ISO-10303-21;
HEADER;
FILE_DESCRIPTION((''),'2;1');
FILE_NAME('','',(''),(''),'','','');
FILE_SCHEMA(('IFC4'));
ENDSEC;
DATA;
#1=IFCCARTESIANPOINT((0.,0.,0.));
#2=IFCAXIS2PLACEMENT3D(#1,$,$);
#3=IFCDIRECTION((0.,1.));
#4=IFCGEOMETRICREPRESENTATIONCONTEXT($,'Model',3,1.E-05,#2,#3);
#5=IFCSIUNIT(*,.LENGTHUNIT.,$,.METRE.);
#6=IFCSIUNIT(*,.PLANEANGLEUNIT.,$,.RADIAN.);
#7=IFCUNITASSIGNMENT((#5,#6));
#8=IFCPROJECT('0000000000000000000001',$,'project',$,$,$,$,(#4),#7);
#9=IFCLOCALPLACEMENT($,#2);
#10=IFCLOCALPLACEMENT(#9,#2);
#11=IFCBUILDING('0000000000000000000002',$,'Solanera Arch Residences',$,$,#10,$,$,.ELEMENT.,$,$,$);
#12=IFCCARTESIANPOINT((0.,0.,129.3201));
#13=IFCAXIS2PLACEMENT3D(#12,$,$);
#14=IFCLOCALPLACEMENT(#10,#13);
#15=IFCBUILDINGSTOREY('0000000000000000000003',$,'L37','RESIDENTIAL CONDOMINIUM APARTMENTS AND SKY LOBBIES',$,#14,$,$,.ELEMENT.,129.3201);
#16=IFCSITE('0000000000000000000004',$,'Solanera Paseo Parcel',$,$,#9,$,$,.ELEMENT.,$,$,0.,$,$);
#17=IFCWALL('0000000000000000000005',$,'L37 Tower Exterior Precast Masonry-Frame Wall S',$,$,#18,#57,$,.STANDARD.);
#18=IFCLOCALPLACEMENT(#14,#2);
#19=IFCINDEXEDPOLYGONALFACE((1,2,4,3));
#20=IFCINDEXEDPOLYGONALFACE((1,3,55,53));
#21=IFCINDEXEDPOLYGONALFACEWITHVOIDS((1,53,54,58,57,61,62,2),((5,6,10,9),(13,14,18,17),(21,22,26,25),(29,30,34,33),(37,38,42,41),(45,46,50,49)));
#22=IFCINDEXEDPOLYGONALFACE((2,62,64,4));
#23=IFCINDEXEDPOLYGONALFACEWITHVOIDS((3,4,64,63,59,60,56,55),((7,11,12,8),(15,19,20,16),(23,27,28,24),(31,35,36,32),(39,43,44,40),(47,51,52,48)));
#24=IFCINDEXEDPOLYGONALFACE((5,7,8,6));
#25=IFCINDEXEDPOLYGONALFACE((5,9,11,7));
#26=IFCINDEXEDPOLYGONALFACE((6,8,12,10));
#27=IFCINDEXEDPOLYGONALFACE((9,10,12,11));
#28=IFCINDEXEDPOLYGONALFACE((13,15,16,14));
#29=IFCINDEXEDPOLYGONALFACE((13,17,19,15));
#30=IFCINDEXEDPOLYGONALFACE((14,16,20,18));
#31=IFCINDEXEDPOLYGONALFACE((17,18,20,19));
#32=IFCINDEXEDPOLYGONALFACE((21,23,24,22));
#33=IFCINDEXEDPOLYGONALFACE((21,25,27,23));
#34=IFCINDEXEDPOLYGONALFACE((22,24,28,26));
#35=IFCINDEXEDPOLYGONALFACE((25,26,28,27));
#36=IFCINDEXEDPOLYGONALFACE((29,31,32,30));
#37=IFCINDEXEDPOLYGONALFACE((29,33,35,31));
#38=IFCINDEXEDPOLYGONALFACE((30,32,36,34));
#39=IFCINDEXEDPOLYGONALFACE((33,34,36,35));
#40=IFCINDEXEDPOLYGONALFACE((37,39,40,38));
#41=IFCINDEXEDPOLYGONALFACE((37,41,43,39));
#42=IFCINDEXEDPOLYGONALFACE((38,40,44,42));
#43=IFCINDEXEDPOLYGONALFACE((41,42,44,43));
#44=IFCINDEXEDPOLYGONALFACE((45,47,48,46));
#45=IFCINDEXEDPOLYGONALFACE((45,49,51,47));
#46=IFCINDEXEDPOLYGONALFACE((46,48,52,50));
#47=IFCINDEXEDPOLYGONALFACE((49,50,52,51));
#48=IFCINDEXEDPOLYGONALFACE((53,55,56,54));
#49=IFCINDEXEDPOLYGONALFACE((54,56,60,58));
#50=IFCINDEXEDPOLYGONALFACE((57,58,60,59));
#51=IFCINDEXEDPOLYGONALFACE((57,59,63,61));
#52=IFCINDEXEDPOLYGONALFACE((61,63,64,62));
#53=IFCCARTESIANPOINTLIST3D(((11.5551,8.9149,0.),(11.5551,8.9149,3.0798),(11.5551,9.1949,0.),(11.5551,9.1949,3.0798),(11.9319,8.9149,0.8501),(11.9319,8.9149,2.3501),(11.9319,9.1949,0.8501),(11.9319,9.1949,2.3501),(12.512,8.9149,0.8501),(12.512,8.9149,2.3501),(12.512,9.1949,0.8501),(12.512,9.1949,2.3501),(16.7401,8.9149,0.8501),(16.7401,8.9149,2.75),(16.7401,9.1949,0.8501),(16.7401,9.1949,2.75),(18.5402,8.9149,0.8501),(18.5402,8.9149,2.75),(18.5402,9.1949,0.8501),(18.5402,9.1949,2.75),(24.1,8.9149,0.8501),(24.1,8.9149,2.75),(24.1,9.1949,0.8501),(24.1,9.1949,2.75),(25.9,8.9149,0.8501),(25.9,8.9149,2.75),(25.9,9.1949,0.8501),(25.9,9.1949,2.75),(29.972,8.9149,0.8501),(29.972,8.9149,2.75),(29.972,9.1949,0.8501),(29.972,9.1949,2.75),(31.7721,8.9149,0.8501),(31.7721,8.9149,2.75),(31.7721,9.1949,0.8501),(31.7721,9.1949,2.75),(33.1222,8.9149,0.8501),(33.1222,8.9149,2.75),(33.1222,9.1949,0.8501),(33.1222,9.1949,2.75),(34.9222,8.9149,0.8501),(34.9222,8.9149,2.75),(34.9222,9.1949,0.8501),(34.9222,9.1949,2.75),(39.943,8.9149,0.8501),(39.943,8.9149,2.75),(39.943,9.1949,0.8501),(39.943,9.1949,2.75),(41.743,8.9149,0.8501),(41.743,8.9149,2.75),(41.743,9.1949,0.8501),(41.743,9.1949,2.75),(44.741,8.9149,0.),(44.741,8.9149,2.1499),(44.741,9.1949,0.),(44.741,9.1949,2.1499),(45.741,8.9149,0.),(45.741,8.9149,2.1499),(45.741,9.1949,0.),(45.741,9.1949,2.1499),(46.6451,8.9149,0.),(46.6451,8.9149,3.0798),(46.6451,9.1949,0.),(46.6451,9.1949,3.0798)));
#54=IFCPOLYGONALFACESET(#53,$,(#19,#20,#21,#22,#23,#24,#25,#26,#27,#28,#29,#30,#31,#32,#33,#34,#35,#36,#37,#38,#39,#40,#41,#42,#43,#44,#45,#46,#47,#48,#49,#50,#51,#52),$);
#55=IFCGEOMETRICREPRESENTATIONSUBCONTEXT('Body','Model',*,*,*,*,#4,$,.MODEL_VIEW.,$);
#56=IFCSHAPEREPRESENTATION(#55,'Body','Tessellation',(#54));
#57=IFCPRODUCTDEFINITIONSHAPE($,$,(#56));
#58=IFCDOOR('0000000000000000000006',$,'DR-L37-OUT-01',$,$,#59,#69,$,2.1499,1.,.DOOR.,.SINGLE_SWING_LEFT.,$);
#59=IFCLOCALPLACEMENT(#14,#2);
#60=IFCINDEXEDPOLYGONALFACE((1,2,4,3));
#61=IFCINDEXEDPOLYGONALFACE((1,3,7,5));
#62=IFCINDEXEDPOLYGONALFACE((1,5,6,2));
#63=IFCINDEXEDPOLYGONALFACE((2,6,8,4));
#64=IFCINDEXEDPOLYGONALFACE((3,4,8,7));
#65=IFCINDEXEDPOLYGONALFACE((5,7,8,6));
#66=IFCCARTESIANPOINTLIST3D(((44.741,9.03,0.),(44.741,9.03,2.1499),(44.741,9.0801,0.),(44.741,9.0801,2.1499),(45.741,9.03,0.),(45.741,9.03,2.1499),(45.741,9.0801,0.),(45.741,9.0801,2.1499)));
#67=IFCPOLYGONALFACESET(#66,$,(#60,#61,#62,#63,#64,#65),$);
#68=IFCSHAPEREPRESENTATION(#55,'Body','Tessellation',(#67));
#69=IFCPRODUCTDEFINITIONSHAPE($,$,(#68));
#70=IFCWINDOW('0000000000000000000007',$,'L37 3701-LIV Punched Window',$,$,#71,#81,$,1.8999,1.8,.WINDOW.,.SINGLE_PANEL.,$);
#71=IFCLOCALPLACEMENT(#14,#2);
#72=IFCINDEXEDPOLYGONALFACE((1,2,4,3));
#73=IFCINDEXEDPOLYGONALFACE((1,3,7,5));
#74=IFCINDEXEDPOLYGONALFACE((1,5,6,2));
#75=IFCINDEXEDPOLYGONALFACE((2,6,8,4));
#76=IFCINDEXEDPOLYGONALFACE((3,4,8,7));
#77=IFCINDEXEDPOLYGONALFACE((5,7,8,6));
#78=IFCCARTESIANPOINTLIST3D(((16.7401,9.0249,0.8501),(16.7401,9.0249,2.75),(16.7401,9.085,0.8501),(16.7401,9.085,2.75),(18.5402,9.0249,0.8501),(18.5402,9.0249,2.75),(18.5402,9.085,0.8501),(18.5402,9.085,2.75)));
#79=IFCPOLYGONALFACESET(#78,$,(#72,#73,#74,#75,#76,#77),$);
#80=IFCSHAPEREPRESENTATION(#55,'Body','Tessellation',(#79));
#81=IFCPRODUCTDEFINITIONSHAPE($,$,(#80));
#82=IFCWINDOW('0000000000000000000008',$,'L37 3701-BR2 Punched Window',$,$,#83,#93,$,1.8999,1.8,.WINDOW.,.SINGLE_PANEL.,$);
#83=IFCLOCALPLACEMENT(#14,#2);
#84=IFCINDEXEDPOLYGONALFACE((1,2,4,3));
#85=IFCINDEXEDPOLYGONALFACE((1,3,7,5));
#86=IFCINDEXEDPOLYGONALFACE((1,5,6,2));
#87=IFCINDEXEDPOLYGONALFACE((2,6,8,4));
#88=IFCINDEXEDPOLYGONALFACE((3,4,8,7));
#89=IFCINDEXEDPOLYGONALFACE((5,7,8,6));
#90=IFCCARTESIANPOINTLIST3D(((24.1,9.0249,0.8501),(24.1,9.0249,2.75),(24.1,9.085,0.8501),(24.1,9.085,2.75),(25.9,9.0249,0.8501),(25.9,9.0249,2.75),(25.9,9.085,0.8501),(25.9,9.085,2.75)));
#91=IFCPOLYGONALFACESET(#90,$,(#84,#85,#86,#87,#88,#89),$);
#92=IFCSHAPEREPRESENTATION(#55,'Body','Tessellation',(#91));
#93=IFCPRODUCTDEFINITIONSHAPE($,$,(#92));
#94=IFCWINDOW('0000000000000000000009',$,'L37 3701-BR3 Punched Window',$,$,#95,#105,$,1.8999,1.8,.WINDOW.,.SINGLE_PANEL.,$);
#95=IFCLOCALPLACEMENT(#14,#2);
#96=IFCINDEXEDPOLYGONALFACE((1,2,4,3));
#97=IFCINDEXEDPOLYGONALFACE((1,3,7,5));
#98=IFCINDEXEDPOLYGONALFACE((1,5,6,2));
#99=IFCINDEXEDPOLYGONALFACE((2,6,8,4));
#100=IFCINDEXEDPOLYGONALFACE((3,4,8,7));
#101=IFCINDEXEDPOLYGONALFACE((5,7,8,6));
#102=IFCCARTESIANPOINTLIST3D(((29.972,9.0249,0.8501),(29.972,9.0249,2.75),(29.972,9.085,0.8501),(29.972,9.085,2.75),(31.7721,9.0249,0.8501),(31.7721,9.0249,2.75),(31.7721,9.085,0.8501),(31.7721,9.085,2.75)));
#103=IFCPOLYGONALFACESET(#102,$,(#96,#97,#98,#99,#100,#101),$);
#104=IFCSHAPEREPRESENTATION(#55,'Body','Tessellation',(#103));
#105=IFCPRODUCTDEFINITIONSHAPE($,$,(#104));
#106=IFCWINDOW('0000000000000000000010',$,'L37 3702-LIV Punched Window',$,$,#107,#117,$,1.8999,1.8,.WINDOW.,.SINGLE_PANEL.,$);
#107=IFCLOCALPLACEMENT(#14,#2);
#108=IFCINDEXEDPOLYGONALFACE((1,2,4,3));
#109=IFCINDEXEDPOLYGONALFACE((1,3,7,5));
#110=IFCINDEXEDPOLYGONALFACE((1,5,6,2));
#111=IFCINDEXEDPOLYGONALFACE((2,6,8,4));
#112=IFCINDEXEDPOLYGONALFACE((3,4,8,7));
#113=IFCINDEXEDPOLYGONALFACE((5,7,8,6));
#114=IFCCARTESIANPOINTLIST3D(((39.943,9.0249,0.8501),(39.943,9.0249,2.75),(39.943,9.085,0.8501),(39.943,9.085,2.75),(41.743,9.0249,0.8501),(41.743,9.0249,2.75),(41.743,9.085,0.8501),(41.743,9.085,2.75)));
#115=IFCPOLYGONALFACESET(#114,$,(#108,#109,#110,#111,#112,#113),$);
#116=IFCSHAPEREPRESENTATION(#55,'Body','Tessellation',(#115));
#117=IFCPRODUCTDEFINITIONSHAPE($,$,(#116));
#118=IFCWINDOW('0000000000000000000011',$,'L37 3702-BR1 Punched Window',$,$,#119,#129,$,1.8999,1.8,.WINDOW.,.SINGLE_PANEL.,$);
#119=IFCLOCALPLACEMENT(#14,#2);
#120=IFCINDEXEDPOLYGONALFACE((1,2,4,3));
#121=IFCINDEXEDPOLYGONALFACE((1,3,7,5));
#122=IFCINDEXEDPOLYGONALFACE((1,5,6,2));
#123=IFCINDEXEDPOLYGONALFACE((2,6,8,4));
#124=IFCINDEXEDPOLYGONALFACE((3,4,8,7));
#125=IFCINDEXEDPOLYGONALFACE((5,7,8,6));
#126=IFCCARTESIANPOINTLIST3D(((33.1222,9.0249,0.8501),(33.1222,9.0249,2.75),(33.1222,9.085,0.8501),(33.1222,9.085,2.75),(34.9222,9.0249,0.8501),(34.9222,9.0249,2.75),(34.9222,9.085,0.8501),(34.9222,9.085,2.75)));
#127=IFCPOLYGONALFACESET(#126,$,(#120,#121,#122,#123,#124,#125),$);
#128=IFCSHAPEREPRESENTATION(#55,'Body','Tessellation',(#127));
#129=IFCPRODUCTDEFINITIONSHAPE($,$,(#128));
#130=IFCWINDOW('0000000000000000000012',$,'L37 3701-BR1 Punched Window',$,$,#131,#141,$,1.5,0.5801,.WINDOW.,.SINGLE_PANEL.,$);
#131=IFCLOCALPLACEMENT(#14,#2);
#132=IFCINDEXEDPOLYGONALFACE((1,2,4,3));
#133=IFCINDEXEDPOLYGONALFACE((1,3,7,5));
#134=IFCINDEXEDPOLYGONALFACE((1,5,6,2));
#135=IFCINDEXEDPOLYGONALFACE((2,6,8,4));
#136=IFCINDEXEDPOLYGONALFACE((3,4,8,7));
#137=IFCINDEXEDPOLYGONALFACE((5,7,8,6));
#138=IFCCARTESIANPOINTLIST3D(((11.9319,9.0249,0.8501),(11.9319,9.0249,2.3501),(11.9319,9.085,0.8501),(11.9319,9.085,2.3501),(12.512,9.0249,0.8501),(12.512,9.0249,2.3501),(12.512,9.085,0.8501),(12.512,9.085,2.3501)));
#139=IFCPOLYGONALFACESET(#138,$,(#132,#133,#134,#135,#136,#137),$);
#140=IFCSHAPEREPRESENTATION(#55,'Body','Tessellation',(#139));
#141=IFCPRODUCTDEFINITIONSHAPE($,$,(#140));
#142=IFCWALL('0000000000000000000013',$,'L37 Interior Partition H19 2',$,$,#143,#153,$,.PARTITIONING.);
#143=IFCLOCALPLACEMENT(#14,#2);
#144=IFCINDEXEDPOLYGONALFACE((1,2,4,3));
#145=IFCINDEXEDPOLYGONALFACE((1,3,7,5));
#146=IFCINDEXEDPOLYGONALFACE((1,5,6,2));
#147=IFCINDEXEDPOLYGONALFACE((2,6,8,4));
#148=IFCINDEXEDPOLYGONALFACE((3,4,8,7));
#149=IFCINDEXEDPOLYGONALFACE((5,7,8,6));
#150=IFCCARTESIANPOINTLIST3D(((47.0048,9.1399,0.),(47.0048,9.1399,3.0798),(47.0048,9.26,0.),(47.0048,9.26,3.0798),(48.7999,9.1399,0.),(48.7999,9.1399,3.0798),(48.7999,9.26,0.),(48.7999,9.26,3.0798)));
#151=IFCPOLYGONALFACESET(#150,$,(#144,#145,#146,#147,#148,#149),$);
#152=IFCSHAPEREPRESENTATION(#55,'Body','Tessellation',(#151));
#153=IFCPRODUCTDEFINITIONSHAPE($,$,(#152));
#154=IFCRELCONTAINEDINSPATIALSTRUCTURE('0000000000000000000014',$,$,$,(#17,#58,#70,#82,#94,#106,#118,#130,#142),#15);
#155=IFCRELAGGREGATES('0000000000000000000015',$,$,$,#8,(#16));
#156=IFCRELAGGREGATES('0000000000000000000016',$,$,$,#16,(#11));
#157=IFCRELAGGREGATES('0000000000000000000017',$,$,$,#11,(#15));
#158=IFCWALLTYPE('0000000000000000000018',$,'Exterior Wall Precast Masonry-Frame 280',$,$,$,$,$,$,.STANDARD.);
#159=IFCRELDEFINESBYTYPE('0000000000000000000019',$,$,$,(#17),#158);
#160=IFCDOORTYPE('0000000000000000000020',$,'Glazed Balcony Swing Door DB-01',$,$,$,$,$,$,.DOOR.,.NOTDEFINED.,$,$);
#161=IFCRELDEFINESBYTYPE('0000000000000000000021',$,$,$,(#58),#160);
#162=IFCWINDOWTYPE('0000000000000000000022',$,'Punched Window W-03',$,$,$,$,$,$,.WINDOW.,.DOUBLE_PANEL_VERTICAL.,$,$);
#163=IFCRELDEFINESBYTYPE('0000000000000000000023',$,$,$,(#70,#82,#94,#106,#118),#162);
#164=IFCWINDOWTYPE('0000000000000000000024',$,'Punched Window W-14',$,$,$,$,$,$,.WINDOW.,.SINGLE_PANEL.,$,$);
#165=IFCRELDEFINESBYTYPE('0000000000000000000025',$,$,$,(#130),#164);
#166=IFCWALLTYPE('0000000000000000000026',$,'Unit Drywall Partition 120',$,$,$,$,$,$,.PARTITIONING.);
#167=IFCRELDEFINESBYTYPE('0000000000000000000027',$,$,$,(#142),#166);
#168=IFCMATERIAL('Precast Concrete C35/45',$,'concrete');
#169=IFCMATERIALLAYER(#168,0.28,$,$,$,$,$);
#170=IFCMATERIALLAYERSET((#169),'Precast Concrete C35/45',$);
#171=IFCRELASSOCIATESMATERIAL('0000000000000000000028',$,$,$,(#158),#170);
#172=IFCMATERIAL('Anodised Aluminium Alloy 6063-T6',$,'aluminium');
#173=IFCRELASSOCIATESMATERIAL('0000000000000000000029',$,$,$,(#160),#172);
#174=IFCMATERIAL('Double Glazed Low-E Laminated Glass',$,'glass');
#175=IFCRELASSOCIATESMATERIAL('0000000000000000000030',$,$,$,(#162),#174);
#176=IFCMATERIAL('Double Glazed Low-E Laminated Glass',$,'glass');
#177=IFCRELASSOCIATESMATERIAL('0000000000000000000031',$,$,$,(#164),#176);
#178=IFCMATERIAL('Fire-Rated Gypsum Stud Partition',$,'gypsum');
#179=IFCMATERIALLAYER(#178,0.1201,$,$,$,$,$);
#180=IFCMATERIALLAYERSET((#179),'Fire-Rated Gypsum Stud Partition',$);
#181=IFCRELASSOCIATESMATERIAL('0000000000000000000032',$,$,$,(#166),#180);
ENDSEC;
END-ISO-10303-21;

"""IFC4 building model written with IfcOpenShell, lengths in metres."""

from ifc_helpers import new_model, si_unit, direction, frame, frame_2d, origin, place, context, subcontext, project, spatial, rectangle, extrude, material, layer, layer_set, type_object, element, fill, save


model = new_model("IFC4")

# Units and contexts
model_context = context("Model", 3, precision=1e-05, world=origin(), true_north=direction((0.0, 1.0)))
body_context = subcontext(model_context, "Body", "Model", "MODEL_VIEW")
ifc_project = project(units=[si_unit("LENGTHUNIT", "METRE"), si_unit("PLANEANGLEUNIT", "RADIAN")], contexts=[model_context])

# Site, building, storey
site_placement = place(None, origin())
site = spatial("IfcSite", under=ifc_project, at=site_placement, Name="Solanera Paseo Parcel", CompositionType="ELEMENT", RefElevation=0.0)
building_placement = place(site_placement, origin())
building = spatial("IfcBuilding", under=site, at=building_placement, Name="Solanera Arch Residences", CompositionType="ELEMENT")
storey_placement = place(building_placement, frame((0.0, 0.0, 129.3201)))
storey = spatial("IfcBuildingStorey", under=building, at=storey_placement, Name="L37", Description="RESIDENTIAL CONDOMINIUM APARTMENTS AND SKY LOBBIES", CompositionType="ELEMENT", Elevation=129.3201)

# Shared definitions
ifc_material_1 = material(Name="Precast Concrete C35/45", Category="concrete")
ifc_layer_1 = layer(ifc_material_1, 0.28)
ifc_layer_set_1 = layer_set([ifc_layer_1], Name="Precast Concrete C35/45")
wall_type_1 = type_object("IfcWallType", Name="Exterior Wall Precast Masonry-Frame 280", PredefinedType="STANDARD", material=ifc_layer_set_1)

# Wall, openings, door, windows
wall_1_placement = place(storey_placement, frame((46.645, 9.0549, 0.0), z_axis=(0.0, 0.0, 1.0), x_axis=(-1.0, 0.0, 0.0)))
wall_1 = element("IfcWall", 1, at=wall_1_placement, inside=storey, type_object=wall_type_1, Name="L37 Tower Exterior Precast Masonry-Frame Wall S", PredefinedType="STANDARD", context=body_context, shape_type="SweptSolid", body=[
    extrude(rectangle(XDim=35.0901, YDim=0.28, at=frame_2d((17.5449, 0.0))), origin(), (0.0, 0.0, 1.0), 3.0798),
])
opening_1_placement = place(wall_1_placement, frame((0.9041, 0.0, 0.0)))
opening_1 = element("IfcOpeningElement", 2, at=opening_1_placement, cuts=wall_1, PredefinedType="OPENING", context=body_context, shape_type="SweptSolid", body=[
    extrude(rectangle(XDim=1.0, YDim=2.1499, at=frame_2d((0.5, 1.075))), frame((0.0, 0.1499, 0.0), z_axis=(0.0, -1.0, 0.0), x_axis=(1.0, 0.0, 0.0)), (0.0, 0.0, 1.0), 0.3),
])
opening_2_placement = place(wall_1_placement, frame((28.105, 0.0, 0.8501)))
opening_2 = element("IfcOpeningElement", 3, at=opening_2_placement, cuts=wall_1, PredefinedType="OPENING", context=body_context, shape_type="SweptSolid", body=[
    extrude(rectangle(XDim=1.8, YDim=1.8999, at=frame_2d((0.8999, 0.95))), frame((0.0, 0.1499, 0.0), z_axis=(0.0, -1.0, 0.0), x_axis=(1.0, 0.0, 0.0)), (0.0, 0.0, 1.0), 0.3),
])
opening_3_placement = place(wall_1_placement, frame((34.1331, 0.0, 0.8501)))
opening_3 = element("IfcOpeningElement", 4, at=opening_3_placement, cuts=wall_1, PredefinedType="OPENING", context=body_context, shape_type="SweptSolid", body=[
    extrude(rectangle(XDim=0.5801, YDim=1.5, at=frame_2d((0.29, 0.75))), frame((0.0, 0.1499, 0.0), z_axis=(0.0, -1.0, 0.0), x_axis=(1.0, 0.0, 0.0)), (0.0, 0.0, 1.0), 0.3),
])
opening_4_placement = place(wall_1_placement, frame((20.7451, 0.0, 0.8501)))
opening_4 = element("IfcOpeningElement", 5, at=opening_4_placement, cuts=wall_1, PredefinedType="OPENING", context=body_context, shape_type="SweptSolid", body=[
    extrude(rectangle(XDim=1.8, YDim=1.8999, at=frame_2d((0.8999, 0.95))), frame((0.0, 0.1499, 0.0), z_axis=(0.0, -1.0, 0.0), x_axis=(1.0, 0.0, 0.0)), (0.0, 0.0, 1.0), 0.3),
])
opening_5_placement = place(wall_1_placement, frame((14.873, 0.0, 0.8501)))
opening_5 = element("IfcOpeningElement", 6, at=opening_5_placement, cuts=wall_1, PredefinedType="OPENING", context=body_context, shape_type="SweptSolid", body=[
    extrude(rectangle(XDim=1.8, YDim=1.8999, at=frame_2d((0.8999, 0.95))), frame((0.0, 0.1499, 0.0), z_axis=(0.0, -1.0, 0.0), x_axis=(1.0, 0.0, 0.0)), (0.0, 0.0, 1.0), 0.3),
])
opening_6_placement = place(wall_1_placement, frame((4.9021, 0.0, 0.8501)))
opening_6 = element("IfcOpeningElement", 7, at=opening_6_placement, cuts=wall_1, PredefinedType="OPENING", context=body_context, shape_type="SweptSolid", body=[
    extrude(rectangle(XDim=1.8, YDim=1.8999, at=frame_2d((0.8999, 0.95))), frame((0.0, 0.1499, 0.0), z_axis=(0.0, -1.0, 0.0), x_axis=(1.0, 0.0, 0.0)), (0.0, 0.0, 1.0), 0.3),
])
opening_7_placement = place(wall_1_placement, frame((11.7229, 0.0, 0.8501)))
opening_7 = element("IfcOpeningElement", 8, at=opening_7_placement, cuts=wall_1, PredefinedType="OPENING", context=body_context, shape_type="SweptSolid", body=[
    extrude(rectangle(XDim=1.8, YDim=1.8999, at=frame_2d((0.8999, 0.95))), frame((0.0, 0.1499, 0.0), z_axis=(0.0, -1.0, 0.0), x_axis=(1.0, 0.0, 0.0)), (0.0, 0.0, 1.0), 0.3),
])
ifc_material_2 = material(Name="Anodised Aluminium Alloy 6063-T6", Category="aluminium")
door_type_1 = type_object("IfcDoorType", Name="Glazed Balcony Swing Door DB-01", OperationType="NOTDEFINED", PredefinedType="DOOR", material=ifc_material_2)
door_1_placement = place(opening_1_placement, origin())
door_1 = element("IfcDoor", 9, at=door_1_placement, inside=storey, type_object=door_type_1, Name="DR-L37-OUT-01", OperationType="SINGLE_SWING_LEFT", OverallHeight=2.1499, OverallWidth=1.0, PredefinedType="DOOR", context=body_context, shape_type="SweptSolid", body=[
    extrude(rectangle(XDim=1.0, YDim=2.1499, at=frame_2d((0.5, 1.075))), frame((0.0, 0.0249, 0.0), z_axis=(0.0, -1.0, 0.0), x_axis=(1.0, 0.0, 0.0)), (0.0, 0.0, 1.0), 0.05),
])
fill(opening_1, door_1)
ifc_material_3 = material(Name="Double Glazed Low-E Laminated Glass", Category="glass")
window_type_1 = type_object("IfcWindowType", Name="Punched Window W-03", PartitioningType="DOUBLE_PANEL_VERTICAL", PredefinedType="WINDOW", material=ifc_material_3)
window_1_placement = place(opening_2_placement, origin())
window_1 = element("IfcWindow", 10, at=window_1_placement, inside=storey, type_object=window_type_1, Name="L37 3701-LIV Punched Window", OverallHeight=1.8999, OverallWidth=1.8, PartitioningType="SINGLE_PANEL", PredefinedType="WINDOW", context=body_context, shape_type="SweptSolid", body=[
    extrude(rectangle(XDim=1.8, YDim=1.8999, at=frame_2d((0.8999, 0.95))), frame((0.0, 0.03, 0.0), z_axis=(0.0, -1.0, 0.0), x_axis=(1.0, 0.0, 0.0)), (0.0, 0.0, 1.0), 0.0601),
])
fill(opening_2, window_1)
window_2_placement = place(opening_4_placement, origin())
window_2 = element("IfcWindow", 11, at=window_2_placement, inside=storey, type_object=window_type_1, Name="L37 3701-BR2 Punched Window", OverallHeight=1.8999, OverallWidth=1.8, PartitioningType="SINGLE_PANEL", PredefinedType="WINDOW", context=body_context, shape_type="SweptSolid", body=[
    extrude(rectangle(XDim=1.8, YDim=1.8999, at=frame_2d((0.8999, 0.95))), frame((0.0, 0.03, 0.0), z_axis=(0.0, -1.0, 0.0), x_axis=(1.0, 0.0, 0.0)), (0.0, 0.0, 1.0), 0.0601),
])
fill(opening_4, window_2)
window_3_placement = place(opening_5_placement, origin())
window_3 = element("IfcWindow", 12, at=window_3_placement, inside=storey, type_object=window_type_1, Name="L37 3701-BR3 Punched Window", OverallHeight=1.8999, OverallWidth=1.8, PartitioningType="SINGLE_PANEL", PredefinedType="WINDOW", context=body_context, shape_type="SweptSolid", body=[
    extrude(rectangle(XDim=1.8, YDim=1.8999, at=frame_2d((0.8999, 0.95))), frame((0.0, 0.03, 0.0), z_axis=(0.0, -1.0, 0.0), x_axis=(1.0, 0.0, 0.0)), (0.0, 0.0, 1.0), 0.0601),
])
fill(opening_5, window_3)
window_4_placement = place(opening_6_placement, origin())
window_4 = element("IfcWindow", 13, at=window_4_placement, inside=storey, type_object=window_type_1, Name="L37 3702-LIV Punched Window", OverallHeight=1.8999, OverallWidth=1.8, PartitioningType="SINGLE_PANEL", PredefinedType="WINDOW", context=body_context, shape_type="SweptSolid", body=[
    extrude(rectangle(XDim=1.8, YDim=1.8999, at=frame_2d((0.8999, 0.95))), frame((0.0, 0.03, 0.0), z_axis=(0.0, -1.0, 0.0), x_axis=(1.0, 0.0, 0.0)), (0.0, 0.0, 1.0), 0.0601),
])
fill(opening_6, window_4)
window_5_placement = place(opening_7_placement, origin())
window_5 = element("IfcWindow", 14, at=window_5_placement, inside=storey, type_object=window_type_1, Name="L37 3702-BR1 Punched Window", OverallHeight=1.8999, OverallWidth=1.8, PartitioningType="SINGLE_PANEL", PredefinedType="WINDOW", context=body_context, shape_type="SweptSolid", body=[
    extrude(rectangle(XDim=1.8, YDim=1.8999, at=frame_2d((0.8999, 0.95))), frame((0.0, 0.03, 0.0), z_axis=(0.0, -1.0, 0.0), x_axis=(1.0, 0.0, 0.0)), (0.0, 0.0, 1.0), 0.0601),
])
fill(opening_7, window_5)
ifc_material_4 = material(Name="Double Glazed Low-E Laminated Glass", Category="glass")
window_type_2 = type_object("IfcWindowType", Name="Punched Window W-14", PartitioningType="SINGLE_PANEL", PredefinedType="WINDOW", material=ifc_material_4)
window_6_placement = place(opening_3_placement, origin())
window_6 = element("IfcWindow", 15, at=window_6_placement, inside=storey, type_object=window_type_2, Name="L37 3701-BR1 Punched Window", OverallHeight=1.5, OverallWidth=0.5801, PartitioningType="SINGLE_PANEL", PredefinedType="WINDOW", context=body_context, shape_type="SweptSolid", body=[
    extrude(rectangle(XDim=0.5801, YDim=1.5, at=frame_2d((0.29, 0.75))), frame((0.0, 0.03, 0.0), z_axis=(0.0, -1.0, 0.0), x_axis=(1.0, 0.0, 0.0)), (0.0, 0.0, 1.0), 0.0601),
])
fill(opening_3, window_6)

# Wall
ifc_material_5 = material(Name="Fire-Rated Gypsum Stud Partition", Category="gypsum")
ifc_layer_2 = layer(ifc_material_5, 0.1201)
ifc_layer_set_2 = layer_set([ifc_layer_2], Name="Fire-Rated Gypsum Stud Partition")
wall_type_2 = type_object("IfcWallType", Name="Unit Drywall Partition 120", PredefinedType="PARTITIONING", material=ifc_layer_set_2)
wall_2_placement = place(storey_placement, frame((47.0049, 9.2, 0.0), z_axis=(0.0, 0.0, 1.0), x_axis=(1.0, 0.0, 0.0)))
element("IfcWall", 16, at=wall_2_placement, inside=storey, type_object=wall_type_2, Name="L37 Interior Partition H19 2", PredefinedType="PARTITIONING", context=body_context, shape_type="SweptSolid", body=[
    extrude(rectangle(XDim=1.7952, YDim=0.1201, at=frame_2d((0.8975, 0.0))), origin(), (0.0, 0.0, 1.0), 3.0798),
])

save(model, "model.ifc")
